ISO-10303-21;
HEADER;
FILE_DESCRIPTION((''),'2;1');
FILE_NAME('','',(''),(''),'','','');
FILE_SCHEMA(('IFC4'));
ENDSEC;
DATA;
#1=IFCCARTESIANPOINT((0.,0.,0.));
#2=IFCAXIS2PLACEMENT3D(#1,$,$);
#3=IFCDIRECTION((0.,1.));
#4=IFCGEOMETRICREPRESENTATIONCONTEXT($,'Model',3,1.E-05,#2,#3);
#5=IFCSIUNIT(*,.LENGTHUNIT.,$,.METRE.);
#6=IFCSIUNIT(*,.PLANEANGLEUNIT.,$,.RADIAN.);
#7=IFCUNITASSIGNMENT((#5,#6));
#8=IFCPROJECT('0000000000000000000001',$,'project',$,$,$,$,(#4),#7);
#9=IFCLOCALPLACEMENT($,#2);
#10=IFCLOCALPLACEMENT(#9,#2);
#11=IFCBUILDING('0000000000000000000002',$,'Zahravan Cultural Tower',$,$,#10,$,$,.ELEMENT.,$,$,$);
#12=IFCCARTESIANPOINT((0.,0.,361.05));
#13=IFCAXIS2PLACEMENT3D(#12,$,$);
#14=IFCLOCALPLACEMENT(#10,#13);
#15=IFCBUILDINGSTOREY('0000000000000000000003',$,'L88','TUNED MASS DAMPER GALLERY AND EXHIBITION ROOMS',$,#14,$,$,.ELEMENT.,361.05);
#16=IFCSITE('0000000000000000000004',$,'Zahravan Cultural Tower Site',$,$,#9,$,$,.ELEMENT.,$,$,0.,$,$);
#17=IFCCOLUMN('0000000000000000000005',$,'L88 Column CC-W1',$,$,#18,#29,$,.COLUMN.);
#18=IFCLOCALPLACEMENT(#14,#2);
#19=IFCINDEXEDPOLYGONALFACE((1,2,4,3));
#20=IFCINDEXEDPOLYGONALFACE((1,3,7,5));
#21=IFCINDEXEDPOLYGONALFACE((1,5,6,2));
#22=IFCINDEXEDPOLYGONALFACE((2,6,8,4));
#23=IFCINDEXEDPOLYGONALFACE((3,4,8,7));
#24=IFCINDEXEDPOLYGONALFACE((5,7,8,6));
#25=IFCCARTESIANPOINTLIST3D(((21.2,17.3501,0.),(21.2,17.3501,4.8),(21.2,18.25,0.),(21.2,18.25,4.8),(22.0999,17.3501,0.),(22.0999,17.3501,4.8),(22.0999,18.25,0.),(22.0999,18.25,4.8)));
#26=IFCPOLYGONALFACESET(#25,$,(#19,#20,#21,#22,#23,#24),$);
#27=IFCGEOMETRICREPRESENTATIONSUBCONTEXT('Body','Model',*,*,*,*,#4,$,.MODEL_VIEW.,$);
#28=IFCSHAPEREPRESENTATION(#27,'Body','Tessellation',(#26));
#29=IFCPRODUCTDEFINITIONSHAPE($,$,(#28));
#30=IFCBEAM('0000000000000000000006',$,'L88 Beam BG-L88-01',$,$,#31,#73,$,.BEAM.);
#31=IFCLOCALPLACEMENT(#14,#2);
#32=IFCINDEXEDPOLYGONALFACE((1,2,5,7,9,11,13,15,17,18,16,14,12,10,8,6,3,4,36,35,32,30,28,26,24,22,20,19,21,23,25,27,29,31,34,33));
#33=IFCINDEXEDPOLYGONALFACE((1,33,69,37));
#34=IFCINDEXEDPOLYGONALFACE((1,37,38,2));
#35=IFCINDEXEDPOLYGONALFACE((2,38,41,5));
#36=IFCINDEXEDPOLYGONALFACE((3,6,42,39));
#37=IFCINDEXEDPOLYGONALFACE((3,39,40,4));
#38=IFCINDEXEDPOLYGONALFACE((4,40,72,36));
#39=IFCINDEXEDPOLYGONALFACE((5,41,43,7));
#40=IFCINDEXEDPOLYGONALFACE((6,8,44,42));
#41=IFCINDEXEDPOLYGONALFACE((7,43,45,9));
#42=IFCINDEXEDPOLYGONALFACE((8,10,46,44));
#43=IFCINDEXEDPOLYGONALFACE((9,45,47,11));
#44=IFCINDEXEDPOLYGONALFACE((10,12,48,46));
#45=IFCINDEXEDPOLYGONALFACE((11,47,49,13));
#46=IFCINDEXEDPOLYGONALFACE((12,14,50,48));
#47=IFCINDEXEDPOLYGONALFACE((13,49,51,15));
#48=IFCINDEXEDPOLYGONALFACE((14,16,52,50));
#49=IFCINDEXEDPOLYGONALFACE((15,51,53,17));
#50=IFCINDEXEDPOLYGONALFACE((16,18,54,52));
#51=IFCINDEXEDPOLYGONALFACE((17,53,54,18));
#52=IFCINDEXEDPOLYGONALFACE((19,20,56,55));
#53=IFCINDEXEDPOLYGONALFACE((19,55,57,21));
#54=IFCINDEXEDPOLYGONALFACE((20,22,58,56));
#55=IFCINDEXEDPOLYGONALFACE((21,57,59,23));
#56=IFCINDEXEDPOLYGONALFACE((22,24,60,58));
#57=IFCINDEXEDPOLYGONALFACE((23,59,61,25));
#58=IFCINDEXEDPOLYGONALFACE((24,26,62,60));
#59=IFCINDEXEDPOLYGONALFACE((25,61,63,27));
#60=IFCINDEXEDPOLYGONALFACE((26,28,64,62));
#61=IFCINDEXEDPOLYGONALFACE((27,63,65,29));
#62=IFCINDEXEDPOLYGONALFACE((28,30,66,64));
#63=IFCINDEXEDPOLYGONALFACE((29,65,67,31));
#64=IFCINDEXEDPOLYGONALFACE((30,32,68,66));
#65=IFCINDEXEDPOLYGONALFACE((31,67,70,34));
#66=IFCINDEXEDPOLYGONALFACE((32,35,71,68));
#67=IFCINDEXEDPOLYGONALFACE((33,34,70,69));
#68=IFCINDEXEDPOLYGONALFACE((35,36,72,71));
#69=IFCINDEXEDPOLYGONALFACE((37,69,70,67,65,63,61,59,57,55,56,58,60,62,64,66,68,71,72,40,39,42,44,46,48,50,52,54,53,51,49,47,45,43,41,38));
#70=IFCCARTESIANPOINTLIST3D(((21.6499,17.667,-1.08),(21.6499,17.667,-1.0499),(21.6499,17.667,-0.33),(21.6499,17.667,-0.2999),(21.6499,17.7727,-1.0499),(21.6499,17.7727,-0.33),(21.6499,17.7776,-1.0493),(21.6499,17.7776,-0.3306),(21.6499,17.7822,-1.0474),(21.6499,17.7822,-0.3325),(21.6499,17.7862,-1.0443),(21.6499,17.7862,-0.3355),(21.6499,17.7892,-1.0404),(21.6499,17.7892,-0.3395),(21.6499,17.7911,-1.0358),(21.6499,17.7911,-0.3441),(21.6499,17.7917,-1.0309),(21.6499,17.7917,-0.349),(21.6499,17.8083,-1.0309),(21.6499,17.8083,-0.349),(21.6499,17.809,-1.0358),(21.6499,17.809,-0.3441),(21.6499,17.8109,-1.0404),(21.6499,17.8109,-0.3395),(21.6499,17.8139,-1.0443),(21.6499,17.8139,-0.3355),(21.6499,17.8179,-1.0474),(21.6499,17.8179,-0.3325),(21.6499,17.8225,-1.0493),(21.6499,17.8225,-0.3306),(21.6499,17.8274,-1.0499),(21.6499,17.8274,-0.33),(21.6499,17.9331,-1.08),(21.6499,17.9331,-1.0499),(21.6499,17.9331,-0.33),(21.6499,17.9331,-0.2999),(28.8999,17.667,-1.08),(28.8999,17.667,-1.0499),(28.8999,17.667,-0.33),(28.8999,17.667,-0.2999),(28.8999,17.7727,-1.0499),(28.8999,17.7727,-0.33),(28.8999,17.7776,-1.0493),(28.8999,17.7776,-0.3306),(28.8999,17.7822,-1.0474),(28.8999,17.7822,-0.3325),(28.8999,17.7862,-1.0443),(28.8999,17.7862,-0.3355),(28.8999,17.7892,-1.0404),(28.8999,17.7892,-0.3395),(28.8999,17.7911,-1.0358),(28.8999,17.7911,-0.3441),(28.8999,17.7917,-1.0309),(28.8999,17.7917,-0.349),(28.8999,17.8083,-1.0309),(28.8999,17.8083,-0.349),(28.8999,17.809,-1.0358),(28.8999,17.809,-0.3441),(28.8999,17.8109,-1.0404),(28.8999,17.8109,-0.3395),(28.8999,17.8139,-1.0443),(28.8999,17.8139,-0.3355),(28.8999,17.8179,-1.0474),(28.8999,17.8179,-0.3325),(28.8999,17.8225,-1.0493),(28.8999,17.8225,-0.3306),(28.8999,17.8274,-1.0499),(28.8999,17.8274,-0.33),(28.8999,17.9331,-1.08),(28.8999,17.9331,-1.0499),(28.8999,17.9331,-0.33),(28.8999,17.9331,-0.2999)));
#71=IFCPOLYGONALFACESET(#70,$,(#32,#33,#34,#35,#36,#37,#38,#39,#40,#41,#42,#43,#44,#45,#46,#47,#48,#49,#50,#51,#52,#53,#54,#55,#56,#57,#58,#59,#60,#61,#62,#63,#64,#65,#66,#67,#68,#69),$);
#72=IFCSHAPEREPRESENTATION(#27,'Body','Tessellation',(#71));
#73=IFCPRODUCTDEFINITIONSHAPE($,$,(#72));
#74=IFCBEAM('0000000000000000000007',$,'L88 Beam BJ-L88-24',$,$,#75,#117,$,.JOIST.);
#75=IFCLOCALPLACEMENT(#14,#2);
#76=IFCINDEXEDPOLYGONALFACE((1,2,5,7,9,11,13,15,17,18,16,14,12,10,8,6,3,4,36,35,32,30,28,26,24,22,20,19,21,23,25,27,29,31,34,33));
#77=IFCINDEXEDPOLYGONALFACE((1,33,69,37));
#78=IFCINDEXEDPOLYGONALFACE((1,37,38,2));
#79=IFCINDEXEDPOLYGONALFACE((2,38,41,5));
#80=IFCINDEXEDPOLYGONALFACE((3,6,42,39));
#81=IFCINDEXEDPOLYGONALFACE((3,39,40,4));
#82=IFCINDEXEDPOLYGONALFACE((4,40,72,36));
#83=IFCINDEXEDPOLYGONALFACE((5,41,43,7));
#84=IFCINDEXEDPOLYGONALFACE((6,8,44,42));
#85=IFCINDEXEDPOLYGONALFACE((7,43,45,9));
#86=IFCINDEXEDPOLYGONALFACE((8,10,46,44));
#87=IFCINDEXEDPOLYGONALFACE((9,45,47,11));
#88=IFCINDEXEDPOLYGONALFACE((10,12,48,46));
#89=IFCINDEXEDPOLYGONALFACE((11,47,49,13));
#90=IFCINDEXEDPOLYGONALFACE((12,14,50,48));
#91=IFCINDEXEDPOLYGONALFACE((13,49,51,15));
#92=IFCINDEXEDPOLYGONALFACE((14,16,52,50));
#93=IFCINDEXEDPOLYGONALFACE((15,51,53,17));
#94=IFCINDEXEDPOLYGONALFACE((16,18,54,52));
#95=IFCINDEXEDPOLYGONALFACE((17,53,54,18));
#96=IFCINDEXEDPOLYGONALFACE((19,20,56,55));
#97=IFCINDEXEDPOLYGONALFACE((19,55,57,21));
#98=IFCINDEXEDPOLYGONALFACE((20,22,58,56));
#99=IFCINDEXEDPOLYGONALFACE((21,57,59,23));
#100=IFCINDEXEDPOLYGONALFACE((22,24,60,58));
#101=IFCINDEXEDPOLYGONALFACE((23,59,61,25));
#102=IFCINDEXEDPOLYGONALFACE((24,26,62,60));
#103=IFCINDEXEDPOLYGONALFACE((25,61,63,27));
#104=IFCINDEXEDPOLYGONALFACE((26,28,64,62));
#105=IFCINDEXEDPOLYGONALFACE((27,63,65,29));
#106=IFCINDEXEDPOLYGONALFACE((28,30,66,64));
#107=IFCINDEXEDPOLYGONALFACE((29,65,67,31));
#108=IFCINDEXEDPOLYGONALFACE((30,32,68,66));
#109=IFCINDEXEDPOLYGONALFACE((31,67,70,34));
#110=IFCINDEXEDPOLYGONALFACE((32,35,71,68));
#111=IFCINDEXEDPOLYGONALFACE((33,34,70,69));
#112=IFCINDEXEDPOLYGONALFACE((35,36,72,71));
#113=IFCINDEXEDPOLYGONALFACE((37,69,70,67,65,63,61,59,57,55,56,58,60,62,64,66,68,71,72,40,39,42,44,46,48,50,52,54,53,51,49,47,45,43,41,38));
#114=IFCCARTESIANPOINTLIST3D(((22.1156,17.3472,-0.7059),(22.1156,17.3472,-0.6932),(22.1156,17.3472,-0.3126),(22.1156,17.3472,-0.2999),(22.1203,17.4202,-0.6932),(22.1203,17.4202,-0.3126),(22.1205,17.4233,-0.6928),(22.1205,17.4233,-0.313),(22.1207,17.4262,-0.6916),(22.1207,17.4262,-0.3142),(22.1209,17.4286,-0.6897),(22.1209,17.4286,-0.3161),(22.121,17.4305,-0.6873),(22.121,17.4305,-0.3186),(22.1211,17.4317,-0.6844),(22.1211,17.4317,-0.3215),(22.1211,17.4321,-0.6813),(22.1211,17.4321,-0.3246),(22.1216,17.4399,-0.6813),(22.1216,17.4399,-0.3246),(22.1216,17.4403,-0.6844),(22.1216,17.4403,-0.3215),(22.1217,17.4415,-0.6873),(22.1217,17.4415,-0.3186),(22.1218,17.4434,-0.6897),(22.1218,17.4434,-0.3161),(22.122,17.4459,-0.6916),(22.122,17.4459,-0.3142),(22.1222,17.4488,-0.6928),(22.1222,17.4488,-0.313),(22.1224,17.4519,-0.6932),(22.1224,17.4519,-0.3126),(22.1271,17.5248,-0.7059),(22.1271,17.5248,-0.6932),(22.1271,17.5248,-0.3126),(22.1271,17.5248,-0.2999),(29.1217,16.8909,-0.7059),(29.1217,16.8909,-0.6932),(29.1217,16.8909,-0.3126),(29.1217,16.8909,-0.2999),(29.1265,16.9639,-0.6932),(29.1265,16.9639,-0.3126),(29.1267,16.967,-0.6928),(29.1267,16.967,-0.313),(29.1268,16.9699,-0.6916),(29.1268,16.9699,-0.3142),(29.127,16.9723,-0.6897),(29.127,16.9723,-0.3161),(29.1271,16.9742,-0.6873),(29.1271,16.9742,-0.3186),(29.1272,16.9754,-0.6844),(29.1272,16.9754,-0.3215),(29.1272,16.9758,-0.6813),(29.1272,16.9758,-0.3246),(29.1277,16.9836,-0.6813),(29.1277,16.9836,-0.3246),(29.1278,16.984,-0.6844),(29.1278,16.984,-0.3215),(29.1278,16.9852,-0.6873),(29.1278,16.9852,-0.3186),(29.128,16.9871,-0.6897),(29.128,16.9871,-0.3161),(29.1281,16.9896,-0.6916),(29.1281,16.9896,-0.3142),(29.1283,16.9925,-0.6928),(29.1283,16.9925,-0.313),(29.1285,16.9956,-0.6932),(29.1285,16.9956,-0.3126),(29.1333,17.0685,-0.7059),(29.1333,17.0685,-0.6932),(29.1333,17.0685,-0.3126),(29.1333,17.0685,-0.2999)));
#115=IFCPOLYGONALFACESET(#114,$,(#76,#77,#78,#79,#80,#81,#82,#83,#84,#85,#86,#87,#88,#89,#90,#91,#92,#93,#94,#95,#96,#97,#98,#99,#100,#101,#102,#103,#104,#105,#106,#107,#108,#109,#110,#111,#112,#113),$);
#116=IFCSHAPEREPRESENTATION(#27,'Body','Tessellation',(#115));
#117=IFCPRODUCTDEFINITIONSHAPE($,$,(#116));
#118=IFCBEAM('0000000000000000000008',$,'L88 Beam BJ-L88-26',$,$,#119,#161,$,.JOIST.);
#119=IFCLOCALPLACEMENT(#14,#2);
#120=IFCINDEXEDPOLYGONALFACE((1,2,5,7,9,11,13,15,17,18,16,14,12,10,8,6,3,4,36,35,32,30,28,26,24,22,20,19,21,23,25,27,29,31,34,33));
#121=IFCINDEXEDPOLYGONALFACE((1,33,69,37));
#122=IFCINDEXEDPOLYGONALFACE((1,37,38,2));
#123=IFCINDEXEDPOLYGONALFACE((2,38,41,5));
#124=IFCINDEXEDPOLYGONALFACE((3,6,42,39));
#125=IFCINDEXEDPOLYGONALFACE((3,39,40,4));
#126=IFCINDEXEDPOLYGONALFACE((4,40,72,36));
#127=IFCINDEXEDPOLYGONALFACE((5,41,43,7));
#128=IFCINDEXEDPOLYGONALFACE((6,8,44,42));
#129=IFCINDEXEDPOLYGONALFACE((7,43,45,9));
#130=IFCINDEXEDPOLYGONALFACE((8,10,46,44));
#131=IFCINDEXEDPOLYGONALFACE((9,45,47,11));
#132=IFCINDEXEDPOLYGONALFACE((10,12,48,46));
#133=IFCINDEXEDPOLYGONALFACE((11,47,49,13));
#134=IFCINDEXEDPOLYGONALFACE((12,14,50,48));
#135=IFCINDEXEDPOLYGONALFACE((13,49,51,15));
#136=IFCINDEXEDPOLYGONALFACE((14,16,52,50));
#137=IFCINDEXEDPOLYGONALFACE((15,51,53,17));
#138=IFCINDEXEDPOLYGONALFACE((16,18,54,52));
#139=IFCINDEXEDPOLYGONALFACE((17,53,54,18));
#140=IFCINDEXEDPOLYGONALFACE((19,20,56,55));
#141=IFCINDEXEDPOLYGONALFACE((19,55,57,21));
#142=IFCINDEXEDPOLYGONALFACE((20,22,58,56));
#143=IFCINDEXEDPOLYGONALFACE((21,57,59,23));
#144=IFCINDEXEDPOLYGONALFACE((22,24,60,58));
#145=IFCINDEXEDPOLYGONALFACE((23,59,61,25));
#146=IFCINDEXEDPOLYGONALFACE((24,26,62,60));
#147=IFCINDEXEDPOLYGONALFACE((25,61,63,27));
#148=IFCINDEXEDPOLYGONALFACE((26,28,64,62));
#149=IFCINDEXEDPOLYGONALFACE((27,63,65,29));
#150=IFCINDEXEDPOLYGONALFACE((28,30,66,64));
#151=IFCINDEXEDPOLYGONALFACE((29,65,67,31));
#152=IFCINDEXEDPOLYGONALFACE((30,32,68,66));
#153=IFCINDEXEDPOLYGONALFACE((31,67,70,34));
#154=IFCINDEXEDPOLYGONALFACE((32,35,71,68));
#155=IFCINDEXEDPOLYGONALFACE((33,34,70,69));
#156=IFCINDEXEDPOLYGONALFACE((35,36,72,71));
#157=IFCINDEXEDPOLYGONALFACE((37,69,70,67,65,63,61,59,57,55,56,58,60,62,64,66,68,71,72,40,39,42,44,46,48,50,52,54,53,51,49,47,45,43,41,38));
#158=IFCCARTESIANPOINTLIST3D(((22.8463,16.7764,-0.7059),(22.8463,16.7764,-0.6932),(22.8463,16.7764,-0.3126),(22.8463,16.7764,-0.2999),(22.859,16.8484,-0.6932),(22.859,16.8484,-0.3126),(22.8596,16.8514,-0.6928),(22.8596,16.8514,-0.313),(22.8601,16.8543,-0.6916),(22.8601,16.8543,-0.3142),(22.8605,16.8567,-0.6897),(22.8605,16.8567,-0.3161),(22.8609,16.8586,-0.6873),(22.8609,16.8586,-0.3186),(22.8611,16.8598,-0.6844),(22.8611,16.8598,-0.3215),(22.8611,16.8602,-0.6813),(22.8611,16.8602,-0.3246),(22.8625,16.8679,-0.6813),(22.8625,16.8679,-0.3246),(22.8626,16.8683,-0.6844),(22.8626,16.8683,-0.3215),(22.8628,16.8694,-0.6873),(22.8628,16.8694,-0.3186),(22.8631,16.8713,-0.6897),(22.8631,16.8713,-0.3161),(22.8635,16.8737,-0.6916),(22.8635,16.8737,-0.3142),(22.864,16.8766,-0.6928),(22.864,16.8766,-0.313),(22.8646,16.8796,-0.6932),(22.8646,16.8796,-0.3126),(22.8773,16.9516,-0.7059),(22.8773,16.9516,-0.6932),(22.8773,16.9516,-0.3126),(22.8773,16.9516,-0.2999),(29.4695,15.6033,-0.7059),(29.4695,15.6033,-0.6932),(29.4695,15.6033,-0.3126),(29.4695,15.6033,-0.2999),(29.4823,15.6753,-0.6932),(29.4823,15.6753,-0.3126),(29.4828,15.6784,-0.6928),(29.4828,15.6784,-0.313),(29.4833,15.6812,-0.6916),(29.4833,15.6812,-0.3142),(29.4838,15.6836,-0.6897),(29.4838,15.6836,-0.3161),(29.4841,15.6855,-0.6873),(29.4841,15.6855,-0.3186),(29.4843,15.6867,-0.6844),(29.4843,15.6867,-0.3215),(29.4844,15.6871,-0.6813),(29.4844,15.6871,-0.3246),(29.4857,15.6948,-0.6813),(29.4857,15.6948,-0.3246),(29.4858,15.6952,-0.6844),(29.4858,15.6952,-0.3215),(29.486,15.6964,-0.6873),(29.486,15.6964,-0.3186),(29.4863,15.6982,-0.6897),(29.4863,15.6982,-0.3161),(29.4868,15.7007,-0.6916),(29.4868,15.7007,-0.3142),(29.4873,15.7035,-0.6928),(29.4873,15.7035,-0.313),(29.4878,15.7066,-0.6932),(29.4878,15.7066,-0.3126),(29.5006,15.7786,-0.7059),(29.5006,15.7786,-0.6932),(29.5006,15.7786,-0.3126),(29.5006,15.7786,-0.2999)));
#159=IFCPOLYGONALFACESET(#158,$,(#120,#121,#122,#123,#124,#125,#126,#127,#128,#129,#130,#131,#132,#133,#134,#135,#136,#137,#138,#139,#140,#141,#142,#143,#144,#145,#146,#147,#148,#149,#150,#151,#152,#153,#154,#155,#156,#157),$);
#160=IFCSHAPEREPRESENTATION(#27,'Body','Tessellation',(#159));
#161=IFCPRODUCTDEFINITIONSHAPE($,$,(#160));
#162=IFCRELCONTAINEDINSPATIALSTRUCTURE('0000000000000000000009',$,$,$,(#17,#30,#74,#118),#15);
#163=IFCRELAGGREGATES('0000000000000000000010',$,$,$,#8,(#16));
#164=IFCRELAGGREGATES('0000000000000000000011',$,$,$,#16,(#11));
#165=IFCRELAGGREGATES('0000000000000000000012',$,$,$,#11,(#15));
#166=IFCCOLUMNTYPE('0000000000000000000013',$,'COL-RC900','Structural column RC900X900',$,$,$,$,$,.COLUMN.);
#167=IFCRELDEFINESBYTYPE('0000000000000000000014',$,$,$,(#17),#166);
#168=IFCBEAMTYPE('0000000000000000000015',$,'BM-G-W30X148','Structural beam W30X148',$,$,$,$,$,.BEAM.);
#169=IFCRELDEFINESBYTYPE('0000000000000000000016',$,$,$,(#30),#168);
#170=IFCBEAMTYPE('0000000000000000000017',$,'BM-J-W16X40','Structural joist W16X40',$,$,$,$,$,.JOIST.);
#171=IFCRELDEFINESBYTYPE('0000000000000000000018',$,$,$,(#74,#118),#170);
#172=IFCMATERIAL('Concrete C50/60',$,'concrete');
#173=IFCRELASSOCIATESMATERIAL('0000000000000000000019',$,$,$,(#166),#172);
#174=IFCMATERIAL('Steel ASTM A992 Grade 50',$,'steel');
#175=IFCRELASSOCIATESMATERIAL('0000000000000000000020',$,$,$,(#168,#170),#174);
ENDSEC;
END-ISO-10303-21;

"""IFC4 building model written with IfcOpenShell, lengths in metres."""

from ifc_helpers import new_model, si_unit, direction, frame, origin, origin_2d, place, context, subcontext, project, spatial, rectangle, i_section, extrude, source, transform, mapped, material, material_profile, profile_set, type_object, element, save


model = new_model("IFC4")

# Units and contexts
model_context = context("Model", 3, precision=1e-05, world=origin(), true_north=direction((0.0, 1.0)))
body_context = subcontext(model_context, "Body", "Model", "MODEL_VIEW")
ifc_project = project(units=[si_unit("LENGTHUNIT", "METRE"), si_unit("PLANEANGLEUNIT", "RADIAN")], contexts=[model_context])

# Site, building, storey
site_placement = place(None, origin())
site = spatial("IfcSite", under=ifc_project, at=site_placement, Name="Zahravan Cultural Tower Site", CompositionType="ELEMENT", RefElevation=0.0)
building_placement = place(site_placement, origin())
building = spatial("IfcBuilding", under=site, at=building_placement, Name="Zahravan Cultural Tower", CompositionType="ELEMENT")
storey_placement = place(building_placement, frame((0.0, 0.0, 361.05)))
storey = spatial("IfcBuildingStorey", under=building, at=storey_placement, Name="L88", Description="TUNED MASS DAMPER GALLERY AND EXHIBITION ROOMS", CompositionType="ELEMENT", Elevation=361.05)

# Column
ifc_material_1 = material(Name="Concrete C50/60", Category="concrete")
ifc_material_profile_1 = material_profile(ifc_material_1, rectangle(XDim=0.8999, YDim=0.8999, at=origin_2d()), Name="RC900X900")
ifc_profile_set_1 = profile_set([ifc_material_profile_1], Name="Concrete C50/60")
column_type = type_object("IfcColumnType", Name="COL-RC900", Description="Structural column RC900X900", PredefinedType="COLUMN", material=ifc_profile_set_1)
shared_shape_1 = source(origin(), body_context, "Body", "SweptSolid", [
    extrude(rectangle(XDim=0.8999, YDim=0.8999, at=origin_2d()), origin(), (0.0, 0.0, 1.0), 4.8),
])
column_placement = place(storey_placement, frame((21.6499, 17.8, 0.0), z_axis=(0.0, 0.0, 1.0), x_axis=(1.0, 0.0, 0.0)))
element("IfcColumn", 1, at=column_placement, inside=storey, type_object=column_type, Name="L88 Column CC-W1", PredefinedType="COLUMN", context=body_context, shape_type="MappedRepresentation", body=[
    mapped(shared_shape_1, transform((0.0, 0.0, 0.0), x_axis=(1.0, 0.0, 0.0), y_axis=(0.0, 1.0, 0.0), z_axis=(0.0, 0.0, 1.0), scale=1.0)),
])

# Beams
ifc_material_2 = material(Name="Steel ASTM A992 Grade 50", Category="steel")
ifc_material_profile_2 = material_profile(ifc_material_2, i_section(OverallWidth=0.2661, OverallDepth=0.78, WebThickness=0.0166, FlangeThickness=0.03, FilletRadius=0.019, at=origin_2d()), Name="W30X148")
ifc_profile_set_2 = profile_set([ifc_material_profile_2], Name="Steel ASTM A992 Grade 50")
beam_type_1 = type_object("IfcBeamType", Name="BM-G-W30X148", Description="Structural beam W30X148", PredefinedType="BEAM", material=ifc_profile_set_2)
shared_shape_2 = source(origin(), body_context, "Body", "SweptSolid", [
    extrude(i_section(OverallWidth=0.2661, OverallDepth=0.78, WebThickness=0.0166, FlangeThickness=0.03, FilletRadius=0.019, at=origin_2d()), origin(), (0.0, 0.0, 1.0), 7.25),
])
beam_1_placement = place(storey_placement, frame((21.6499, 17.8, -0.6899), z_axis=(1.0, 0.0, 0.0), x_axis=(0.0, 1.0, 0.0)))
element("IfcBeam", 2, at=beam_1_placement, inside=storey, type_object=beam_type_1, Name="L88 Beam BG-L88-01", PredefinedType="BEAM", context=body_context, shape_type="MappedRepresentation", body=[
    mapped(shared_shape_2, transform((0.0, 0.0, 0.0), x_axis=(1.0, 0.0, 0.0), y_axis=(0.0, 1.0, 0.0), z_axis=(0.0, 0.0, 1.0), scale=1.0)),
])
ifc_material_profile_3 = material_profile(ifc_material_2, i_section(OverallWidth=0.178, OverallDepth=0.406, WebThickness=0.0078, FlangeThickness=0.0127, FilletRadius=0.012, at=origin_2d()), Name="W16X40")
ifc_profile_set_3 = profile_set([ifc_material_profile_3], Name="Steel ASTM A992 Grade 50")
beam_type_2 = type_object("IfcBeamType", Name="BM-J-W16X40", Description="Structural joist W16X40", PredefinedType="JOIST", material=ifc_profile_set_3)
shared_shape_3 = source(origin(), body_context, "Body", "SweptSolid", [
    extrude(i_section(OverallWidth=0.178, OverallDepth=0.406, WebThickness=0.0078, FlangeThickness=0.0127, FilletRadius=0.012, at=origin_2d()), origin(), (0.0, 0.0, 1.0), 7.021),
])
beam_2_placement = place(storey_placement, frame((22.1213, 17.436, -0.5029), z_axis=(0.997886, -0.064991, 0.0), x_axis=(0.064991, 0.997886, 0.0)))
element("IfcBeam", 3, at=beam_2_placement, inside=storey, type_object=beam_type_2, Name="L88 Beam BJ-L88-24", PredefinedType="JOIST", context=body_context, shape_type="MappedRepresentation", body=[
    mapped(shared_shape_3, transform((0.0, 0.0, 0.0), x_axis=(1.0, 0.0, 0.0), y_axis=(0.0, 1.0, 0.0), z_axis=(0.0, 0.0, 1.0), scale=1.0)),
])
shared_shape_4 = source(origin(), body_context, "Body", "SweptSolid", [
    extrude(i_section(OverallWidth=0.178, OverallDepth=0.406, WebThickness=0.0078, FlangeThickness=0.0127, FilletRadius=0.012, at=origin_2d()), origin(), (0.0, 0.0, 1.0), 6.7263),
])
beam_3_placement = place(storey_placement, frame((22.8618, 16.864, -0.5029), z_axis=(0.984674, -0.174402, 0.0), x_axis=(0.174402, 0.984674, 0.0)))
element("IfcBeam", 4, at=beam_3_placement, inside=storey, type_object=beam_type_2, Name="L88 Beam BJ-L88-26", PredefinedType="JOIST", context=body_context, shape_type="MappedRepresentation", body=[
    mapped(shared_shape_4, transform((0.0, 0.0, 0.0), x_axis=(1.0, 0.0, 0.0), y_axis=(0.0, 1.0, 0.0), z_axis=(0.0, 0.0, 1.0), scale=1.0)),
])

save(model, "model.ifc")
